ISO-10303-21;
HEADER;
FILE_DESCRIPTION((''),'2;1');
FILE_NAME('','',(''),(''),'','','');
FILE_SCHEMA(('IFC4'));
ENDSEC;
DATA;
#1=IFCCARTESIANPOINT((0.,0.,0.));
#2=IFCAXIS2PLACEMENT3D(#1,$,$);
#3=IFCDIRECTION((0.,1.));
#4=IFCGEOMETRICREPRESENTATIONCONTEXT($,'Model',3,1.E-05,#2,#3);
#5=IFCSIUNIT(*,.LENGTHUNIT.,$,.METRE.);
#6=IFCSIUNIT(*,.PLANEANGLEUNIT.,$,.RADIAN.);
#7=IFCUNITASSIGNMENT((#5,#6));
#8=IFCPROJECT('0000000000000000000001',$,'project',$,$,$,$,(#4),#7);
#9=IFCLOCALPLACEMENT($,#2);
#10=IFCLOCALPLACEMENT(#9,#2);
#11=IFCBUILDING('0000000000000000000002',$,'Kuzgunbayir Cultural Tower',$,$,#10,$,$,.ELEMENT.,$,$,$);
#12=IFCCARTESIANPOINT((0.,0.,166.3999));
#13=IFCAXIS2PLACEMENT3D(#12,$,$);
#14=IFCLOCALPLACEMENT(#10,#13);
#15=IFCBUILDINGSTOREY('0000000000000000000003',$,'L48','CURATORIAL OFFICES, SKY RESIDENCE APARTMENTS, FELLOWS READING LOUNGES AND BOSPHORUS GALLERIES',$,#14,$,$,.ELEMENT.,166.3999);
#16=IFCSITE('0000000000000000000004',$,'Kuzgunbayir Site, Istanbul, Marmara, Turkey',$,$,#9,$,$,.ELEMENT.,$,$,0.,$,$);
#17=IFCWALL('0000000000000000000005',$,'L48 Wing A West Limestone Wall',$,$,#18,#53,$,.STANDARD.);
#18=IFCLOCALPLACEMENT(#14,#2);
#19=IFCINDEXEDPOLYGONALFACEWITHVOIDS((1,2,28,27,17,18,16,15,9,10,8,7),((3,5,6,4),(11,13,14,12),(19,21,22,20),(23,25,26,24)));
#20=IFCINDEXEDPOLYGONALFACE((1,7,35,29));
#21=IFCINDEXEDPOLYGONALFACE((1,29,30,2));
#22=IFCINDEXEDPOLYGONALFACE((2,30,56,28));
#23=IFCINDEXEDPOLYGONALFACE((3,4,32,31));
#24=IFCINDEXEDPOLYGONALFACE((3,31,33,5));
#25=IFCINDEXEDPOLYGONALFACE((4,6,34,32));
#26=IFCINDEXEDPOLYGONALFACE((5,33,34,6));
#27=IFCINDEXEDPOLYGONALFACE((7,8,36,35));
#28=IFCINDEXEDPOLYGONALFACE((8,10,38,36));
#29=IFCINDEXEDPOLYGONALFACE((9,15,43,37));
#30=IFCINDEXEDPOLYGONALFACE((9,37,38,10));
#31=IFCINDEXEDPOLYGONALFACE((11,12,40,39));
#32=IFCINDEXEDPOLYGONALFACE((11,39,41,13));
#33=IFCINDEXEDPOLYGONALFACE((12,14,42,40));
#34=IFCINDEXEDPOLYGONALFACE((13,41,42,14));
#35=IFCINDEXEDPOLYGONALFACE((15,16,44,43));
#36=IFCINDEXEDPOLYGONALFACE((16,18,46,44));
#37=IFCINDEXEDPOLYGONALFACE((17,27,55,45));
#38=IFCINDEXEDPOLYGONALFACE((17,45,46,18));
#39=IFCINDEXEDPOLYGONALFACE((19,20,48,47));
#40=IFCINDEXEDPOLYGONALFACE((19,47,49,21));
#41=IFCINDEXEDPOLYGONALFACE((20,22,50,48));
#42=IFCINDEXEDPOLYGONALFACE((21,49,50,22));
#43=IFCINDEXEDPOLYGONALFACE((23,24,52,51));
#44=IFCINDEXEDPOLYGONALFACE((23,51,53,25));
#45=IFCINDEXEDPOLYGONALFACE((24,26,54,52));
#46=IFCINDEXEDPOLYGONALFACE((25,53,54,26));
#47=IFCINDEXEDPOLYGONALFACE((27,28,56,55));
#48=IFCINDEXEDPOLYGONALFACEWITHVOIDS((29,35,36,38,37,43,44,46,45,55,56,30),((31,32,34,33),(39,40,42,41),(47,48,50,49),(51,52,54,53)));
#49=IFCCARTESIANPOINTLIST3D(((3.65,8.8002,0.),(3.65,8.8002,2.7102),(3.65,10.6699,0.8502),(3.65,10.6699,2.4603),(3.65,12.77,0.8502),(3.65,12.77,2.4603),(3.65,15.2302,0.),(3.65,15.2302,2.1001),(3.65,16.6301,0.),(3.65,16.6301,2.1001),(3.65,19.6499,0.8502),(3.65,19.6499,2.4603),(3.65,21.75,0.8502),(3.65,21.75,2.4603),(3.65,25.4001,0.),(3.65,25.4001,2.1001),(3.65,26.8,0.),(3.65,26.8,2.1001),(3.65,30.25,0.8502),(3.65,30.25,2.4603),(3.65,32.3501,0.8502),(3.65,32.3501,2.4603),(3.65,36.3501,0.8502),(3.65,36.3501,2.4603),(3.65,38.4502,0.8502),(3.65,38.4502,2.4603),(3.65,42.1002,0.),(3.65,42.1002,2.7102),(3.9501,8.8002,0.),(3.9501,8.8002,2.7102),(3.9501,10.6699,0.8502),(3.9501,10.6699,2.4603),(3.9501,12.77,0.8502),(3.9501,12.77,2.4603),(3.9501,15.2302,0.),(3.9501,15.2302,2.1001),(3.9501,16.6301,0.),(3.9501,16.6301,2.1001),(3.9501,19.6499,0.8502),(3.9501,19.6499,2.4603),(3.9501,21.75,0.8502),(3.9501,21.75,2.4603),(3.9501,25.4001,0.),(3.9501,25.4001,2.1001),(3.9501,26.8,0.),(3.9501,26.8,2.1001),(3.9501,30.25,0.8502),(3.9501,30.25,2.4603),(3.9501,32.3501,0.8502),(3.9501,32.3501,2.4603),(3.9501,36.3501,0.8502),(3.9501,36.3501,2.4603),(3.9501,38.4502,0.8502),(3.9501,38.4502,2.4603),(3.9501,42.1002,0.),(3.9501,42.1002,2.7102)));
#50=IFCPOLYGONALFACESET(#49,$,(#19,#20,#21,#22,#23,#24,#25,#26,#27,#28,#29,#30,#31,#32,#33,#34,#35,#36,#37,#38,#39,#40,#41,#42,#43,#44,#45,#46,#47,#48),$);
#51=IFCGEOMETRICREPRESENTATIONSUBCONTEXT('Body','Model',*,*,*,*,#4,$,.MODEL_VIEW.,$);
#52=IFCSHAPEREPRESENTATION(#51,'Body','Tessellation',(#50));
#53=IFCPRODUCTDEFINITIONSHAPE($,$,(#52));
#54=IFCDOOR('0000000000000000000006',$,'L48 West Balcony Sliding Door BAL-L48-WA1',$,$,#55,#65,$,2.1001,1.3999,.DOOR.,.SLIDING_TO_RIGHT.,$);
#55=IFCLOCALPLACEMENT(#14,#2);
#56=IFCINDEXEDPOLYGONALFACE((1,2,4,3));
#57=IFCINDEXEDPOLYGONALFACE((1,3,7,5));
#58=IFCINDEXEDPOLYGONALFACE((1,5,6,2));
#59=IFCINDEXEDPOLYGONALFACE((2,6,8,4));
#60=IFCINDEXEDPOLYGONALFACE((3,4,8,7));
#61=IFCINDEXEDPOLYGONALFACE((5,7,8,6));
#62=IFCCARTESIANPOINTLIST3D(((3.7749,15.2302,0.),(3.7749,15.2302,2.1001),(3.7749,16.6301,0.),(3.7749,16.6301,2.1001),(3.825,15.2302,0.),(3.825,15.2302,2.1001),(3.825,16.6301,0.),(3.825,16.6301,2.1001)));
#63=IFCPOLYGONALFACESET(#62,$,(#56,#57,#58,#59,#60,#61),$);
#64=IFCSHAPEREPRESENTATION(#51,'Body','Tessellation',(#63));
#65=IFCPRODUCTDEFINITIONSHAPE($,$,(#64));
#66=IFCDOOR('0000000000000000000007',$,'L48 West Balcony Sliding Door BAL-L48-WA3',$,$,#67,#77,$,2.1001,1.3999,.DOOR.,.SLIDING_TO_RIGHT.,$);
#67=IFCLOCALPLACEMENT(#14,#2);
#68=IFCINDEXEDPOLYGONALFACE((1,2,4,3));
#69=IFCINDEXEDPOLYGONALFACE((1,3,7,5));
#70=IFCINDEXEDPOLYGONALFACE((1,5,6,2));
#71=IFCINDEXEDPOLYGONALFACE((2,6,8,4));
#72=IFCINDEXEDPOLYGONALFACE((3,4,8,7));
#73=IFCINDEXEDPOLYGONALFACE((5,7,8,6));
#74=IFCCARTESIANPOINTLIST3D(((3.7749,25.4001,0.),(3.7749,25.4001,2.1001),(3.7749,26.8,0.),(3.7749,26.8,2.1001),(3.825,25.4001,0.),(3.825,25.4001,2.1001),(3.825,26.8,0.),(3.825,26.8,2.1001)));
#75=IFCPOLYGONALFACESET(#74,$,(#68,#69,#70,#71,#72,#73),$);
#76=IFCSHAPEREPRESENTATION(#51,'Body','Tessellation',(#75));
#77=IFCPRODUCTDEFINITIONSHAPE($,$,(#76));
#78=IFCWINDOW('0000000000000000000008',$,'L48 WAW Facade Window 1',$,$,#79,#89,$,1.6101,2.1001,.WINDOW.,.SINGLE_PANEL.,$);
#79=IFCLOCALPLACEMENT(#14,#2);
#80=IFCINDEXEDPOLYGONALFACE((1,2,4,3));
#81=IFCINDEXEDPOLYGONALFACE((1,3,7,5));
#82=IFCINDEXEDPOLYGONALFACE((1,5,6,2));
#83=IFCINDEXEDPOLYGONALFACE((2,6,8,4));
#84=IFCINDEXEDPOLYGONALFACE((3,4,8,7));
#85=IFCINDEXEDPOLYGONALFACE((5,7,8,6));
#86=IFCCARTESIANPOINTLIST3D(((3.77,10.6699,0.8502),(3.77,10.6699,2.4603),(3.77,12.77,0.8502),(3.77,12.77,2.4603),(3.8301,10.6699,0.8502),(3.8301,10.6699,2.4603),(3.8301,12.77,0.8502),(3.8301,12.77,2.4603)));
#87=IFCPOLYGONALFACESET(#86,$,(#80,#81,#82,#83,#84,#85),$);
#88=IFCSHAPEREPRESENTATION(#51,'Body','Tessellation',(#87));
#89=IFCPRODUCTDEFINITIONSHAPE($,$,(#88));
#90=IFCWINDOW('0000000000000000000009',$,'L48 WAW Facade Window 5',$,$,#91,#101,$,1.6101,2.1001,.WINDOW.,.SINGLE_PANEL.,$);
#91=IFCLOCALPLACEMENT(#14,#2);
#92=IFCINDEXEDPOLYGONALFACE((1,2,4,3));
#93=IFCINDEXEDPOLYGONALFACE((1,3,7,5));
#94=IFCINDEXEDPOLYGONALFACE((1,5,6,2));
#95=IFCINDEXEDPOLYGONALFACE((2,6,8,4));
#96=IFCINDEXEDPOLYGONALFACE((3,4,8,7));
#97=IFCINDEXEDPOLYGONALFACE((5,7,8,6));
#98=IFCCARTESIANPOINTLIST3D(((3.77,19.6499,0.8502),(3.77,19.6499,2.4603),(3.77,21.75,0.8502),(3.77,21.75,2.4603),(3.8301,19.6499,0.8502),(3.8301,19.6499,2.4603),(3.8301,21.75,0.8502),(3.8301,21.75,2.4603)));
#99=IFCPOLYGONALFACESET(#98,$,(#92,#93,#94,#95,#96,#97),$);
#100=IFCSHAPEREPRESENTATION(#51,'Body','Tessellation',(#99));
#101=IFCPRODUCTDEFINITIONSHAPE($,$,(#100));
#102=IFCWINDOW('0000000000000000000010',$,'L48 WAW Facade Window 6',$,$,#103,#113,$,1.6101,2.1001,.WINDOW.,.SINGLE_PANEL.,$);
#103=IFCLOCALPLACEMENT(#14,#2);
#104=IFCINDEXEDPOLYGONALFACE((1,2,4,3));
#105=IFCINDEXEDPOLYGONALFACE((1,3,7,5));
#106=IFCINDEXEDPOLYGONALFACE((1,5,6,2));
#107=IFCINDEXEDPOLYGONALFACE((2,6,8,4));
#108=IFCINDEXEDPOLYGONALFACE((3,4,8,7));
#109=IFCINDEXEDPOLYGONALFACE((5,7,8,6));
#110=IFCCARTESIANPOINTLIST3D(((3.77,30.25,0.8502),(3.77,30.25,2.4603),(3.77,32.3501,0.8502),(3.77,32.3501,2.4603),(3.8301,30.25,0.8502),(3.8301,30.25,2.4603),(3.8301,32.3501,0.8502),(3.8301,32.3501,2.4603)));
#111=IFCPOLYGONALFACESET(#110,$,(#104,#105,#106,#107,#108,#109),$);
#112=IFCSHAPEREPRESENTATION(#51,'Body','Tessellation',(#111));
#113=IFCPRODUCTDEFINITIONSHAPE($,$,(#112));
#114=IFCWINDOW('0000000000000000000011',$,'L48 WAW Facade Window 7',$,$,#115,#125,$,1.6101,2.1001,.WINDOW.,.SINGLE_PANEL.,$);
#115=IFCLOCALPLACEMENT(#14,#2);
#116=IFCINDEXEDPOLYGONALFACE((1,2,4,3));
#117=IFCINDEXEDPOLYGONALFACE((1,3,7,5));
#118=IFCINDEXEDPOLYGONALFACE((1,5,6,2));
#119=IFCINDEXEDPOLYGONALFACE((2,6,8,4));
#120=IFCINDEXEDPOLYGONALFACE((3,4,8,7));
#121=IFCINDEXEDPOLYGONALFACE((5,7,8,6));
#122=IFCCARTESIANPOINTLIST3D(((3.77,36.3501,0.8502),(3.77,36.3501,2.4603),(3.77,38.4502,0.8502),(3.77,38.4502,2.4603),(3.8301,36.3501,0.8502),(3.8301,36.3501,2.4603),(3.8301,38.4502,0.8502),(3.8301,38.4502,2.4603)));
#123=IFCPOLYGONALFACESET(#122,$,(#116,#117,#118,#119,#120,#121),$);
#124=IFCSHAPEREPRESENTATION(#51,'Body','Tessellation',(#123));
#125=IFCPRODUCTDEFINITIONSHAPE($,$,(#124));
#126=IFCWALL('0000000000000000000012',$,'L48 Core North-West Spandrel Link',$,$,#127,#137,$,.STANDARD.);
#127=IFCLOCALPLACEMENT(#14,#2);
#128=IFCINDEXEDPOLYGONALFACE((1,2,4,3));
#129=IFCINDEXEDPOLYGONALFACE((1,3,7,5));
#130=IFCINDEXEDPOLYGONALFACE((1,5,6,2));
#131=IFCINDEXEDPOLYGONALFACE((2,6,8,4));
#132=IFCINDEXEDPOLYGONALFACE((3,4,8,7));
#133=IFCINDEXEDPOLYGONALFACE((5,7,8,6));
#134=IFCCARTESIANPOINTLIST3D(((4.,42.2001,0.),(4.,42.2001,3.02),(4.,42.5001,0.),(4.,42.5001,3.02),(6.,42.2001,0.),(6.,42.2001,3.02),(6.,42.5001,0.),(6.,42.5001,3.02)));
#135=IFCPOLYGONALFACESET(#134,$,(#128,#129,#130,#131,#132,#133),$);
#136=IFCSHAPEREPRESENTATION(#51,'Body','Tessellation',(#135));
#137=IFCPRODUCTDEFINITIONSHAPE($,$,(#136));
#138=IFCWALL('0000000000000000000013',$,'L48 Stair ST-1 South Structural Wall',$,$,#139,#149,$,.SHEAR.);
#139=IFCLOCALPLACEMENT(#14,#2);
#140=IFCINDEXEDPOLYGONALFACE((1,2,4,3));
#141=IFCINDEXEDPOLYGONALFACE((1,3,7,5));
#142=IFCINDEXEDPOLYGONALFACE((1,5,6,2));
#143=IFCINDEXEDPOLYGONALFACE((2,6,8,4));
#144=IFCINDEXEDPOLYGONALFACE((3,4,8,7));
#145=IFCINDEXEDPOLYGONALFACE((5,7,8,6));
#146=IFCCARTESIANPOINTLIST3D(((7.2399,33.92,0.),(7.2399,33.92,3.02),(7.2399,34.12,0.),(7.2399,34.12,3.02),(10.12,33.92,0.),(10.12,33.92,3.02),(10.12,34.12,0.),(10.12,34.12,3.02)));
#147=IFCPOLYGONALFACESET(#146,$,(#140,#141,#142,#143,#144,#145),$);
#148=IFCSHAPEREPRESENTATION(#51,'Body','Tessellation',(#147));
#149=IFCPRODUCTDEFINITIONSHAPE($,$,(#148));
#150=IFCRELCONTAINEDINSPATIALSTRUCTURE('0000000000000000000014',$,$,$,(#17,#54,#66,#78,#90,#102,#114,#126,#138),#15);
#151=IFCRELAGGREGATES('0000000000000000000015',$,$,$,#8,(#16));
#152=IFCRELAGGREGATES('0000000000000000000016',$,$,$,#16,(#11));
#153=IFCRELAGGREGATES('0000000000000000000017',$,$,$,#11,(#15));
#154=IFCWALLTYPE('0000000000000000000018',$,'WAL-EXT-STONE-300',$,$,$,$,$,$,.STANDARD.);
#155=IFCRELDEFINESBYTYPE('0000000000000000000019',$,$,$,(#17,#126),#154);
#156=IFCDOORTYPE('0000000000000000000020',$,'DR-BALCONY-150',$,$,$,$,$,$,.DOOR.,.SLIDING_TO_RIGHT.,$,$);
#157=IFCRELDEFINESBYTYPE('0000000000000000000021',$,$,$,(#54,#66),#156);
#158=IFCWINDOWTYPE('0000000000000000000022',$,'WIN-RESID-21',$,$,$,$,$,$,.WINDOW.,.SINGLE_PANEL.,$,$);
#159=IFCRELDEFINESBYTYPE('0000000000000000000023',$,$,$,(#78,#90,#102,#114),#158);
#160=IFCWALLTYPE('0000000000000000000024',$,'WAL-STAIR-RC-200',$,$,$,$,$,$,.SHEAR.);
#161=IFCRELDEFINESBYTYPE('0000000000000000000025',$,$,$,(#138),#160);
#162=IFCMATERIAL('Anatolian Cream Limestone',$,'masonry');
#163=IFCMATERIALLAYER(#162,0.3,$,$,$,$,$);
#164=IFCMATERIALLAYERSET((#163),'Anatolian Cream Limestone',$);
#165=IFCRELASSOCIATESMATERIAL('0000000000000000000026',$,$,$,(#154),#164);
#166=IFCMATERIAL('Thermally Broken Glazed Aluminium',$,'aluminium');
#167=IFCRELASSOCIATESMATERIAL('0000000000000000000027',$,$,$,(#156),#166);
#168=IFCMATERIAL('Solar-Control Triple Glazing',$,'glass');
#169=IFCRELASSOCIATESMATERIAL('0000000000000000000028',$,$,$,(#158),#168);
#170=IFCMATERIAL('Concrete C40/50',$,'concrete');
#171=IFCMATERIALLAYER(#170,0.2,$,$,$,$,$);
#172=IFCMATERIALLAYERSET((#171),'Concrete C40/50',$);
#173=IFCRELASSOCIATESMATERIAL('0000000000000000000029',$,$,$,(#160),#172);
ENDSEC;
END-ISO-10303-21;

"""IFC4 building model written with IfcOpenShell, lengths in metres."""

from ifc_helpers import new_model, si_unit, direction, frame, frame_2d, origin, place, context, subcontext, project, spatial, rectangle, extrude, material, layer, layer_set, type_object, element, fill, save


model = new_model("IFC4")

# Units and contexts
model_context = context("Model", 3, precision=1e-05, world=origin(), true_north=direction((0.0, 1.0)))
body_context = subcontext(model_context, "Body", "Model", "MODEL_VIEW")
ifc_project = project(units=[si_unit("LENGTHUNIT", "METRE"), si_unit("PLANEANGLEUNIT", "RADIAN")], contexts=[model_context])

# Site, building, storey
site_placement = place(None, origin())
site = spatial("IfcSite", under=ifc_project, at=site_placement, Name="Kuzgunbayir Site, Istanbul, Marmara, Turkey", CompositionType="ELEMENT", RefElevation=0.0)
building_placement = place(site_placement, origin())
building = spatial("IfcBuilding", under=site, at=building_placement, Name="Kuzgunbayir Cultural Tower", CompositionType="ELEMENT")
storey_placement = place(building_placement, frame((0.0, 0.0, 166.3999)))
storey = spatial("IfcBuildingStorey", under=building, at=storey_placement, Name="L48", Description="CURATORIAL OFFICES, SKY RESIDENCE APARTMENTS, FELLOWS READING LOUNGES AND BOSPHORUS GALLERIES", CompositionType="ELEMENT", Elevation=166.3999)

# Wall, openings, doors, windows
ifc_material_1 = material(Name="Anatolian Cream Limestone", Category="masonry")
ifc_layer_1 = layer(ifc_material_1, 0.3)
ifc_layer_set_1 = layer_set([ifc_layer_1], Name="Anatolian Cream Limestone")
wall_type_1 = type_object("IfcWallType", Name="WAL-EXT-STONE-300", PredefinedType="STANDARD", material=ifc_layer_set_1)
wall_1_placement = place(storey_placement, frame((3.8, 42.1001, 0.0), z_axis=(0.0, 0.0, 1.0), x_axis=(0.0, -1.0, 0.0)))
wall_1 = element("IfcWall", 1, at=wall_1_placement, inside=storey, type_object=wall_type_1, Name="L48 Wing A West Limestone Wall", PredefinedType="STANDARD", context=body_context, shape_type="SweptSolid", body=[
    extrude(rectangle(XDim=33.3, YDim=0.3, at=frame_2d((16.6499, 0.0))), origin(), (0.0, 0.0, 1.0), 2.7102),
])
opening_1_placement = place(wall_1_placement, frame((25.47, 0.0, 0.0)))
opening_1 = element("IfcOpeningElement", 2, at=opening_1_placement, cuts=wall_1, PredefinedType="OPENING", context=body_context, shape_type="SweptSolid", body=[
    extrude(rectangle(XDim=1.3999, YDim=2.1001, at=frame_2d((0.7, 1.05))), frame((0.0, 0.1602, 0.0), z_axis=(0.0, -1.0, 0.0), x_axis=(1.0, 0.0, 0.0)), (0.0, 0.0, 1.0), 0.3201),
])
opening_2_placement = place(wall_1_placement, frame((15.3, 0.0, 0.0)))
opening_2 = element("IfcOpeningElement", 3, at=opening_2_placement, cuts=wall_1, PredefinedType="OPENING", context=body_context, shape_type="SweptSolid", body=[
    extrude(rectangle(XDim=1.3999, YDim=2.1001, at=frame_2d((0.7, 1.05))), frame((0.0, 0.1602, 0.0), z_axis=(0.0, -1.0, 0.0), x_axis=(1.0, 0.0, 0.0)), (0.0, 0.0, 1.0), 0.3201),
])
opening_3_placement = place(wall_1_placement, frame((29.3301, 0.0, 0.8501)))
opening_3 = element("IfcOpeningElement", 4, at=opening_3_placement, cuts=wall_1, PredefinedType="OPENING", context=body_context, shape_type="SweptSolid", body=[
    extrude(rectangle(XDim=2.1001, YDim=1.6101, at=frame_2d((1.05, 0.8052))), frame((0.0, 0.1602, 0.0), z_axis=(0.0, -1.0, 0.0), x_axis=(1.0, 0.0, 0.0)), (0.0, 0.0, 1.0), 0.3201),
])
opening_4_placement = place(wall_1_placement, frame((20.3501, 0.0, 0.8501)))
opening_4 = element("IfcOpeningElement", 5, at=opening_4_placement, cuts=wall_1, PredefinedType="OPENING", context=body_context, shape_type="SweptSolid", body=[
    extrude(rectangle(XDim=2.1001, YDim=1.6101, at=frame_2d((1.05, 0.8052))), frame((0.0, 0.1602, 0.0), z_axis=(0.0, -1.0, 0.0), x_axis=(1.0, 0.0, 0.0)), (0.0, 0.0, 1.0), 0.3201),
])
opening_5_placement = place(wall_1_placement, frame((9.75, 0.0, 0.8501)))
opening_5 = element("IfcOpeningElement", 6, at=opening_5_placement, cuts=wall_1, PredefinedType="OPENING", context=body_context, shape_type="SweptSolid", body=[
    extrude(rectangle(XDim=2.1001, YDim=1.6101, at=frame_2d((1.05, 0.8052))), frame((0.0, 0.1602, 0.0), z_axis=(0.0, -1.0, 0.0), x_axis=(1.0, 0.0, 0.0)), (0.0, 0.0, 1.0), 0.3201),
])
opening_6_placement = place(wall_1_placement, frame((3.6499, 0.0, 0.8501)))
opening_6 = element("IfcOpeningElement", 7, at=opening_6_placement, cuts=wall_1, PredefinedType="OPENING", context=body_context, shape_type="SweptSolid", body=[
    extrude(rectangle(XDim=2.1001, YDim=1.6101, at=frame_2d((1.05, 0.8052))), frame((0.0, 0.1602, 0.0), z_axis=(0.0, -1.0, 0.0), x_axis=(1.0, 0.0, 0.0)), (0.0, 0.0, 1.0), 0.3201),
])
ifc_material_2 = material(Name="Thermally Broken Glazed Aluminium", Category="aluminium")
door_type = type_object("IfcDoorType", Name="DR-BALCONY-150", OperationType="SLIDING_TO_RIGHT", PredefinedType="DOOR", material=ifc_material_2)
door_1_placement = place(opening_1_placement, origin())
door_1 = element("IfcDoor", 8, at=door_1_placement, inside=storey, type_object=door_type, Name="L48 West Balcony Sliding Door BAL-L48-WA1", OperationType="SLIDING_TO_RIGHT", OverallHeight=2.1001, OverallWidth=1.3999, PredefinedType="DOOR", context=body_context, shape_type="SweptSolid", body=[
    extrude(rectangle(XDim=1.3999, YDim=2.1001, at=frame_2d((0.7, 1.05))), frame((0.0, 0.0249, 0.0), z_axis=(0.0, -1.0, 0.0), x_axis=(1.0, 0.0, 0.0)), (0.0, 0.0, 1.0), 0.05),
])
fill(opening_1, door_1)
door_2_placement = place(opening_2_placement, origin())
door_2 = element("IfcDoor", 9, at=door_2_placement, inside=storey, type_object=door_type, Name="L48 West Balcony Sliding Door BAL-L48-WA3", OperationType="SLIDING_TO_RIGHT", OverallHeight=2.1001, OverallWidth=1.3999, PredefinedType="DOOR", context=body_context, shape_type="SweptSolid", body=[
    extrude(rectangle(XDim=1.3999, YDim=2.1001, at=frame_2d((0.7, 1.05))), frame((0.0, 0.0249, 0.0), z_axis=(0.0, -1.0, 0.0), x_axis=(1.0, 0.0, 0.0)), (0.0, 0.0, 1.0), 0.05),
])
fill(opening_2, door_2)
ifc_material_3 = material(Name="Solar-Control Triple Glazing", Category="glass")
window_type = type_object("IfcWindowType", Name="WIN-RESID-21", PartitioningType="SINGLE_PANEL", PredefinedType="WINDOW", material=ifc_material_3)
window_1_placement = place(opening_3_placement, origin())
window_1 = element("IfcWindow", 10, at=window_1_placement, inside=storey, type_object=window_type, Name="L48 WAW Facade Window 1", OverallHeight=1.6101, OverallWidth=2.1001, PartitioningType="SINGLE_PANEL", PredefinedType="WINDOW", context=body_context, shape_type="SweptSolid", body=[
    extrude(rectangle(XDim=2.1001, YDim=1.6101, at=frame_2d((1.05, 0.8052))), frame((0.0, 0.03, 0.0), z_axis=(0.0, -1.0, 0.0), x_axis=(1.0, 0.0, 0.0)), (0.0, 0.0, 1.0), 0.0601),
])
fill(opening_3, window_1)
window_2_placement = place(opening_4_placement, origin())
window_2 = element("IfcWindow", 11, at=window_2_placement, inside=storey, type_object=window_type, Name="L48 WAW Facade Window 5", OverallHeight=1.6101, OverallWidth=2.1001, PartitioningType="SINGLE_PANEL", PredefinedType="WINDOW", context=body_context, shape_type="SweptSolid", body=[
    extrude(rectangle(XDim=2.1001, YDim=1.6101, at=frame_2d((1.05, 0.8052))), frame((0.0, 0.03, 0.0), z_axis=(0.0, -1.0, 0.0), x_axis=(1.0, 0.0, 0.0)), (0.0, 0.0, 1.0), 0.0601),
])
fill(opening_4, window_2)
window_3_placement = place(opening_5_placement, origin())
window_3 = element("IfcWindow", 12, at=window_3_placement, inside=storey, type_object=window_type, Name="L48 WAW Facade Window 6", OverallHeight=1.6101, OverallWidth=2.1001, PartitioningType="SINGLE_PANEL", PredefinedType="WINDOW", context=body_context, shape_type="SweptSolid", body=[
    extrude(rectangle(XDim=2.1001, YDim=1.6101, at=frame_2d((1.05, 0.8052))), frame((0.0, 0.03, 0.0), z_axis=(0.0, -1.0, 0.0), x_axis=(1.0, 0.0, 0.0)), (0.0, 0.0, 1.0), 0.0601),
])
fill(opening_5, window_3)
window_4_placement = place(opening_6_placement, origin())
window_4 = element("IfcWindow", 13, at=window_4_placement, inside=storey, type_object=window_type, Name="L48 WAW Facade Window 7", OverallHeight=1.6101, OverallWidth=2.1001, PartitioningType="SINGLE_PANEL", PredefinedType="WINDOW", context=body_context, shape_type="SweptSolid", body=[
    extrude(rectangle(XDim=2.1001, YDim=1.6101, at=frame_2d((1.05, 0.8052))), frame((0.0, 0.03, 0.0), z_axis=(0.0, -1.0, 0.0), x_axis=(1.0, 0.0, 0.0)), (0.0, 0.0, 1.0), 0.0601),
])
fill(opening_6, window_4)

# Walls
wall_2_placement = place(storey_placement, frame((6.0, 42.3501, 0.0), z_axis=(0.0, 0.0, 1.0), x_axis=(-1.0, 0.0, 0.0)))
element("IfcWall", 14, at=wall_2_placement, inside=storey, type_object=wall_type_1, Name="L48 Core North-West Spandrel Link", PredefinedType="STANDARD", context=body_context, shape_type="SweptSolid", body=[
    extrude(rectangle(XDim=2.0, YDim=0.3, at=frame_2d((1.0, 0.0))), origin(), (0.0, 0.0, 1.0), 3.02),
])
ifc_material_4 = material(Name="Concrete C40/50", Category="concrete")
ifc_layer_2 = layer(ifc_material_4, 0.2)
ifc_layer_set_2 = layer_set([ifc_layer_2], Name="Concrete C40/50")
wall_type_2 = type_object("IfcWallType", Name="WAL-STAIR-RC-200", PredefinedType="SHEAR", material=ifc_layer_set_2)
wall_3_placement = place(storey_placement, frame((7.24, 34.02, 0.0), z_axis=(0.0, 0.0, 1.0), x_axis=(1.0, 0.0, 0.0)))
element("IfcWall", 15, at=wall_3_placement, inside=storey, type_object=wall_type_2, Name="L48 Stair ST-1 South Structural Wall", PredefinedType="SHEAR", context=body_context, shape_type="SweptSolid", body=[
    extrude(rectangle(XDim=2.8801, YDim=0.2, at=frame_2d((1.4399, 0.0))), origin(), (0.0, 0.0, 1.0), 3.02),
])

save(model, "model.ifc")
